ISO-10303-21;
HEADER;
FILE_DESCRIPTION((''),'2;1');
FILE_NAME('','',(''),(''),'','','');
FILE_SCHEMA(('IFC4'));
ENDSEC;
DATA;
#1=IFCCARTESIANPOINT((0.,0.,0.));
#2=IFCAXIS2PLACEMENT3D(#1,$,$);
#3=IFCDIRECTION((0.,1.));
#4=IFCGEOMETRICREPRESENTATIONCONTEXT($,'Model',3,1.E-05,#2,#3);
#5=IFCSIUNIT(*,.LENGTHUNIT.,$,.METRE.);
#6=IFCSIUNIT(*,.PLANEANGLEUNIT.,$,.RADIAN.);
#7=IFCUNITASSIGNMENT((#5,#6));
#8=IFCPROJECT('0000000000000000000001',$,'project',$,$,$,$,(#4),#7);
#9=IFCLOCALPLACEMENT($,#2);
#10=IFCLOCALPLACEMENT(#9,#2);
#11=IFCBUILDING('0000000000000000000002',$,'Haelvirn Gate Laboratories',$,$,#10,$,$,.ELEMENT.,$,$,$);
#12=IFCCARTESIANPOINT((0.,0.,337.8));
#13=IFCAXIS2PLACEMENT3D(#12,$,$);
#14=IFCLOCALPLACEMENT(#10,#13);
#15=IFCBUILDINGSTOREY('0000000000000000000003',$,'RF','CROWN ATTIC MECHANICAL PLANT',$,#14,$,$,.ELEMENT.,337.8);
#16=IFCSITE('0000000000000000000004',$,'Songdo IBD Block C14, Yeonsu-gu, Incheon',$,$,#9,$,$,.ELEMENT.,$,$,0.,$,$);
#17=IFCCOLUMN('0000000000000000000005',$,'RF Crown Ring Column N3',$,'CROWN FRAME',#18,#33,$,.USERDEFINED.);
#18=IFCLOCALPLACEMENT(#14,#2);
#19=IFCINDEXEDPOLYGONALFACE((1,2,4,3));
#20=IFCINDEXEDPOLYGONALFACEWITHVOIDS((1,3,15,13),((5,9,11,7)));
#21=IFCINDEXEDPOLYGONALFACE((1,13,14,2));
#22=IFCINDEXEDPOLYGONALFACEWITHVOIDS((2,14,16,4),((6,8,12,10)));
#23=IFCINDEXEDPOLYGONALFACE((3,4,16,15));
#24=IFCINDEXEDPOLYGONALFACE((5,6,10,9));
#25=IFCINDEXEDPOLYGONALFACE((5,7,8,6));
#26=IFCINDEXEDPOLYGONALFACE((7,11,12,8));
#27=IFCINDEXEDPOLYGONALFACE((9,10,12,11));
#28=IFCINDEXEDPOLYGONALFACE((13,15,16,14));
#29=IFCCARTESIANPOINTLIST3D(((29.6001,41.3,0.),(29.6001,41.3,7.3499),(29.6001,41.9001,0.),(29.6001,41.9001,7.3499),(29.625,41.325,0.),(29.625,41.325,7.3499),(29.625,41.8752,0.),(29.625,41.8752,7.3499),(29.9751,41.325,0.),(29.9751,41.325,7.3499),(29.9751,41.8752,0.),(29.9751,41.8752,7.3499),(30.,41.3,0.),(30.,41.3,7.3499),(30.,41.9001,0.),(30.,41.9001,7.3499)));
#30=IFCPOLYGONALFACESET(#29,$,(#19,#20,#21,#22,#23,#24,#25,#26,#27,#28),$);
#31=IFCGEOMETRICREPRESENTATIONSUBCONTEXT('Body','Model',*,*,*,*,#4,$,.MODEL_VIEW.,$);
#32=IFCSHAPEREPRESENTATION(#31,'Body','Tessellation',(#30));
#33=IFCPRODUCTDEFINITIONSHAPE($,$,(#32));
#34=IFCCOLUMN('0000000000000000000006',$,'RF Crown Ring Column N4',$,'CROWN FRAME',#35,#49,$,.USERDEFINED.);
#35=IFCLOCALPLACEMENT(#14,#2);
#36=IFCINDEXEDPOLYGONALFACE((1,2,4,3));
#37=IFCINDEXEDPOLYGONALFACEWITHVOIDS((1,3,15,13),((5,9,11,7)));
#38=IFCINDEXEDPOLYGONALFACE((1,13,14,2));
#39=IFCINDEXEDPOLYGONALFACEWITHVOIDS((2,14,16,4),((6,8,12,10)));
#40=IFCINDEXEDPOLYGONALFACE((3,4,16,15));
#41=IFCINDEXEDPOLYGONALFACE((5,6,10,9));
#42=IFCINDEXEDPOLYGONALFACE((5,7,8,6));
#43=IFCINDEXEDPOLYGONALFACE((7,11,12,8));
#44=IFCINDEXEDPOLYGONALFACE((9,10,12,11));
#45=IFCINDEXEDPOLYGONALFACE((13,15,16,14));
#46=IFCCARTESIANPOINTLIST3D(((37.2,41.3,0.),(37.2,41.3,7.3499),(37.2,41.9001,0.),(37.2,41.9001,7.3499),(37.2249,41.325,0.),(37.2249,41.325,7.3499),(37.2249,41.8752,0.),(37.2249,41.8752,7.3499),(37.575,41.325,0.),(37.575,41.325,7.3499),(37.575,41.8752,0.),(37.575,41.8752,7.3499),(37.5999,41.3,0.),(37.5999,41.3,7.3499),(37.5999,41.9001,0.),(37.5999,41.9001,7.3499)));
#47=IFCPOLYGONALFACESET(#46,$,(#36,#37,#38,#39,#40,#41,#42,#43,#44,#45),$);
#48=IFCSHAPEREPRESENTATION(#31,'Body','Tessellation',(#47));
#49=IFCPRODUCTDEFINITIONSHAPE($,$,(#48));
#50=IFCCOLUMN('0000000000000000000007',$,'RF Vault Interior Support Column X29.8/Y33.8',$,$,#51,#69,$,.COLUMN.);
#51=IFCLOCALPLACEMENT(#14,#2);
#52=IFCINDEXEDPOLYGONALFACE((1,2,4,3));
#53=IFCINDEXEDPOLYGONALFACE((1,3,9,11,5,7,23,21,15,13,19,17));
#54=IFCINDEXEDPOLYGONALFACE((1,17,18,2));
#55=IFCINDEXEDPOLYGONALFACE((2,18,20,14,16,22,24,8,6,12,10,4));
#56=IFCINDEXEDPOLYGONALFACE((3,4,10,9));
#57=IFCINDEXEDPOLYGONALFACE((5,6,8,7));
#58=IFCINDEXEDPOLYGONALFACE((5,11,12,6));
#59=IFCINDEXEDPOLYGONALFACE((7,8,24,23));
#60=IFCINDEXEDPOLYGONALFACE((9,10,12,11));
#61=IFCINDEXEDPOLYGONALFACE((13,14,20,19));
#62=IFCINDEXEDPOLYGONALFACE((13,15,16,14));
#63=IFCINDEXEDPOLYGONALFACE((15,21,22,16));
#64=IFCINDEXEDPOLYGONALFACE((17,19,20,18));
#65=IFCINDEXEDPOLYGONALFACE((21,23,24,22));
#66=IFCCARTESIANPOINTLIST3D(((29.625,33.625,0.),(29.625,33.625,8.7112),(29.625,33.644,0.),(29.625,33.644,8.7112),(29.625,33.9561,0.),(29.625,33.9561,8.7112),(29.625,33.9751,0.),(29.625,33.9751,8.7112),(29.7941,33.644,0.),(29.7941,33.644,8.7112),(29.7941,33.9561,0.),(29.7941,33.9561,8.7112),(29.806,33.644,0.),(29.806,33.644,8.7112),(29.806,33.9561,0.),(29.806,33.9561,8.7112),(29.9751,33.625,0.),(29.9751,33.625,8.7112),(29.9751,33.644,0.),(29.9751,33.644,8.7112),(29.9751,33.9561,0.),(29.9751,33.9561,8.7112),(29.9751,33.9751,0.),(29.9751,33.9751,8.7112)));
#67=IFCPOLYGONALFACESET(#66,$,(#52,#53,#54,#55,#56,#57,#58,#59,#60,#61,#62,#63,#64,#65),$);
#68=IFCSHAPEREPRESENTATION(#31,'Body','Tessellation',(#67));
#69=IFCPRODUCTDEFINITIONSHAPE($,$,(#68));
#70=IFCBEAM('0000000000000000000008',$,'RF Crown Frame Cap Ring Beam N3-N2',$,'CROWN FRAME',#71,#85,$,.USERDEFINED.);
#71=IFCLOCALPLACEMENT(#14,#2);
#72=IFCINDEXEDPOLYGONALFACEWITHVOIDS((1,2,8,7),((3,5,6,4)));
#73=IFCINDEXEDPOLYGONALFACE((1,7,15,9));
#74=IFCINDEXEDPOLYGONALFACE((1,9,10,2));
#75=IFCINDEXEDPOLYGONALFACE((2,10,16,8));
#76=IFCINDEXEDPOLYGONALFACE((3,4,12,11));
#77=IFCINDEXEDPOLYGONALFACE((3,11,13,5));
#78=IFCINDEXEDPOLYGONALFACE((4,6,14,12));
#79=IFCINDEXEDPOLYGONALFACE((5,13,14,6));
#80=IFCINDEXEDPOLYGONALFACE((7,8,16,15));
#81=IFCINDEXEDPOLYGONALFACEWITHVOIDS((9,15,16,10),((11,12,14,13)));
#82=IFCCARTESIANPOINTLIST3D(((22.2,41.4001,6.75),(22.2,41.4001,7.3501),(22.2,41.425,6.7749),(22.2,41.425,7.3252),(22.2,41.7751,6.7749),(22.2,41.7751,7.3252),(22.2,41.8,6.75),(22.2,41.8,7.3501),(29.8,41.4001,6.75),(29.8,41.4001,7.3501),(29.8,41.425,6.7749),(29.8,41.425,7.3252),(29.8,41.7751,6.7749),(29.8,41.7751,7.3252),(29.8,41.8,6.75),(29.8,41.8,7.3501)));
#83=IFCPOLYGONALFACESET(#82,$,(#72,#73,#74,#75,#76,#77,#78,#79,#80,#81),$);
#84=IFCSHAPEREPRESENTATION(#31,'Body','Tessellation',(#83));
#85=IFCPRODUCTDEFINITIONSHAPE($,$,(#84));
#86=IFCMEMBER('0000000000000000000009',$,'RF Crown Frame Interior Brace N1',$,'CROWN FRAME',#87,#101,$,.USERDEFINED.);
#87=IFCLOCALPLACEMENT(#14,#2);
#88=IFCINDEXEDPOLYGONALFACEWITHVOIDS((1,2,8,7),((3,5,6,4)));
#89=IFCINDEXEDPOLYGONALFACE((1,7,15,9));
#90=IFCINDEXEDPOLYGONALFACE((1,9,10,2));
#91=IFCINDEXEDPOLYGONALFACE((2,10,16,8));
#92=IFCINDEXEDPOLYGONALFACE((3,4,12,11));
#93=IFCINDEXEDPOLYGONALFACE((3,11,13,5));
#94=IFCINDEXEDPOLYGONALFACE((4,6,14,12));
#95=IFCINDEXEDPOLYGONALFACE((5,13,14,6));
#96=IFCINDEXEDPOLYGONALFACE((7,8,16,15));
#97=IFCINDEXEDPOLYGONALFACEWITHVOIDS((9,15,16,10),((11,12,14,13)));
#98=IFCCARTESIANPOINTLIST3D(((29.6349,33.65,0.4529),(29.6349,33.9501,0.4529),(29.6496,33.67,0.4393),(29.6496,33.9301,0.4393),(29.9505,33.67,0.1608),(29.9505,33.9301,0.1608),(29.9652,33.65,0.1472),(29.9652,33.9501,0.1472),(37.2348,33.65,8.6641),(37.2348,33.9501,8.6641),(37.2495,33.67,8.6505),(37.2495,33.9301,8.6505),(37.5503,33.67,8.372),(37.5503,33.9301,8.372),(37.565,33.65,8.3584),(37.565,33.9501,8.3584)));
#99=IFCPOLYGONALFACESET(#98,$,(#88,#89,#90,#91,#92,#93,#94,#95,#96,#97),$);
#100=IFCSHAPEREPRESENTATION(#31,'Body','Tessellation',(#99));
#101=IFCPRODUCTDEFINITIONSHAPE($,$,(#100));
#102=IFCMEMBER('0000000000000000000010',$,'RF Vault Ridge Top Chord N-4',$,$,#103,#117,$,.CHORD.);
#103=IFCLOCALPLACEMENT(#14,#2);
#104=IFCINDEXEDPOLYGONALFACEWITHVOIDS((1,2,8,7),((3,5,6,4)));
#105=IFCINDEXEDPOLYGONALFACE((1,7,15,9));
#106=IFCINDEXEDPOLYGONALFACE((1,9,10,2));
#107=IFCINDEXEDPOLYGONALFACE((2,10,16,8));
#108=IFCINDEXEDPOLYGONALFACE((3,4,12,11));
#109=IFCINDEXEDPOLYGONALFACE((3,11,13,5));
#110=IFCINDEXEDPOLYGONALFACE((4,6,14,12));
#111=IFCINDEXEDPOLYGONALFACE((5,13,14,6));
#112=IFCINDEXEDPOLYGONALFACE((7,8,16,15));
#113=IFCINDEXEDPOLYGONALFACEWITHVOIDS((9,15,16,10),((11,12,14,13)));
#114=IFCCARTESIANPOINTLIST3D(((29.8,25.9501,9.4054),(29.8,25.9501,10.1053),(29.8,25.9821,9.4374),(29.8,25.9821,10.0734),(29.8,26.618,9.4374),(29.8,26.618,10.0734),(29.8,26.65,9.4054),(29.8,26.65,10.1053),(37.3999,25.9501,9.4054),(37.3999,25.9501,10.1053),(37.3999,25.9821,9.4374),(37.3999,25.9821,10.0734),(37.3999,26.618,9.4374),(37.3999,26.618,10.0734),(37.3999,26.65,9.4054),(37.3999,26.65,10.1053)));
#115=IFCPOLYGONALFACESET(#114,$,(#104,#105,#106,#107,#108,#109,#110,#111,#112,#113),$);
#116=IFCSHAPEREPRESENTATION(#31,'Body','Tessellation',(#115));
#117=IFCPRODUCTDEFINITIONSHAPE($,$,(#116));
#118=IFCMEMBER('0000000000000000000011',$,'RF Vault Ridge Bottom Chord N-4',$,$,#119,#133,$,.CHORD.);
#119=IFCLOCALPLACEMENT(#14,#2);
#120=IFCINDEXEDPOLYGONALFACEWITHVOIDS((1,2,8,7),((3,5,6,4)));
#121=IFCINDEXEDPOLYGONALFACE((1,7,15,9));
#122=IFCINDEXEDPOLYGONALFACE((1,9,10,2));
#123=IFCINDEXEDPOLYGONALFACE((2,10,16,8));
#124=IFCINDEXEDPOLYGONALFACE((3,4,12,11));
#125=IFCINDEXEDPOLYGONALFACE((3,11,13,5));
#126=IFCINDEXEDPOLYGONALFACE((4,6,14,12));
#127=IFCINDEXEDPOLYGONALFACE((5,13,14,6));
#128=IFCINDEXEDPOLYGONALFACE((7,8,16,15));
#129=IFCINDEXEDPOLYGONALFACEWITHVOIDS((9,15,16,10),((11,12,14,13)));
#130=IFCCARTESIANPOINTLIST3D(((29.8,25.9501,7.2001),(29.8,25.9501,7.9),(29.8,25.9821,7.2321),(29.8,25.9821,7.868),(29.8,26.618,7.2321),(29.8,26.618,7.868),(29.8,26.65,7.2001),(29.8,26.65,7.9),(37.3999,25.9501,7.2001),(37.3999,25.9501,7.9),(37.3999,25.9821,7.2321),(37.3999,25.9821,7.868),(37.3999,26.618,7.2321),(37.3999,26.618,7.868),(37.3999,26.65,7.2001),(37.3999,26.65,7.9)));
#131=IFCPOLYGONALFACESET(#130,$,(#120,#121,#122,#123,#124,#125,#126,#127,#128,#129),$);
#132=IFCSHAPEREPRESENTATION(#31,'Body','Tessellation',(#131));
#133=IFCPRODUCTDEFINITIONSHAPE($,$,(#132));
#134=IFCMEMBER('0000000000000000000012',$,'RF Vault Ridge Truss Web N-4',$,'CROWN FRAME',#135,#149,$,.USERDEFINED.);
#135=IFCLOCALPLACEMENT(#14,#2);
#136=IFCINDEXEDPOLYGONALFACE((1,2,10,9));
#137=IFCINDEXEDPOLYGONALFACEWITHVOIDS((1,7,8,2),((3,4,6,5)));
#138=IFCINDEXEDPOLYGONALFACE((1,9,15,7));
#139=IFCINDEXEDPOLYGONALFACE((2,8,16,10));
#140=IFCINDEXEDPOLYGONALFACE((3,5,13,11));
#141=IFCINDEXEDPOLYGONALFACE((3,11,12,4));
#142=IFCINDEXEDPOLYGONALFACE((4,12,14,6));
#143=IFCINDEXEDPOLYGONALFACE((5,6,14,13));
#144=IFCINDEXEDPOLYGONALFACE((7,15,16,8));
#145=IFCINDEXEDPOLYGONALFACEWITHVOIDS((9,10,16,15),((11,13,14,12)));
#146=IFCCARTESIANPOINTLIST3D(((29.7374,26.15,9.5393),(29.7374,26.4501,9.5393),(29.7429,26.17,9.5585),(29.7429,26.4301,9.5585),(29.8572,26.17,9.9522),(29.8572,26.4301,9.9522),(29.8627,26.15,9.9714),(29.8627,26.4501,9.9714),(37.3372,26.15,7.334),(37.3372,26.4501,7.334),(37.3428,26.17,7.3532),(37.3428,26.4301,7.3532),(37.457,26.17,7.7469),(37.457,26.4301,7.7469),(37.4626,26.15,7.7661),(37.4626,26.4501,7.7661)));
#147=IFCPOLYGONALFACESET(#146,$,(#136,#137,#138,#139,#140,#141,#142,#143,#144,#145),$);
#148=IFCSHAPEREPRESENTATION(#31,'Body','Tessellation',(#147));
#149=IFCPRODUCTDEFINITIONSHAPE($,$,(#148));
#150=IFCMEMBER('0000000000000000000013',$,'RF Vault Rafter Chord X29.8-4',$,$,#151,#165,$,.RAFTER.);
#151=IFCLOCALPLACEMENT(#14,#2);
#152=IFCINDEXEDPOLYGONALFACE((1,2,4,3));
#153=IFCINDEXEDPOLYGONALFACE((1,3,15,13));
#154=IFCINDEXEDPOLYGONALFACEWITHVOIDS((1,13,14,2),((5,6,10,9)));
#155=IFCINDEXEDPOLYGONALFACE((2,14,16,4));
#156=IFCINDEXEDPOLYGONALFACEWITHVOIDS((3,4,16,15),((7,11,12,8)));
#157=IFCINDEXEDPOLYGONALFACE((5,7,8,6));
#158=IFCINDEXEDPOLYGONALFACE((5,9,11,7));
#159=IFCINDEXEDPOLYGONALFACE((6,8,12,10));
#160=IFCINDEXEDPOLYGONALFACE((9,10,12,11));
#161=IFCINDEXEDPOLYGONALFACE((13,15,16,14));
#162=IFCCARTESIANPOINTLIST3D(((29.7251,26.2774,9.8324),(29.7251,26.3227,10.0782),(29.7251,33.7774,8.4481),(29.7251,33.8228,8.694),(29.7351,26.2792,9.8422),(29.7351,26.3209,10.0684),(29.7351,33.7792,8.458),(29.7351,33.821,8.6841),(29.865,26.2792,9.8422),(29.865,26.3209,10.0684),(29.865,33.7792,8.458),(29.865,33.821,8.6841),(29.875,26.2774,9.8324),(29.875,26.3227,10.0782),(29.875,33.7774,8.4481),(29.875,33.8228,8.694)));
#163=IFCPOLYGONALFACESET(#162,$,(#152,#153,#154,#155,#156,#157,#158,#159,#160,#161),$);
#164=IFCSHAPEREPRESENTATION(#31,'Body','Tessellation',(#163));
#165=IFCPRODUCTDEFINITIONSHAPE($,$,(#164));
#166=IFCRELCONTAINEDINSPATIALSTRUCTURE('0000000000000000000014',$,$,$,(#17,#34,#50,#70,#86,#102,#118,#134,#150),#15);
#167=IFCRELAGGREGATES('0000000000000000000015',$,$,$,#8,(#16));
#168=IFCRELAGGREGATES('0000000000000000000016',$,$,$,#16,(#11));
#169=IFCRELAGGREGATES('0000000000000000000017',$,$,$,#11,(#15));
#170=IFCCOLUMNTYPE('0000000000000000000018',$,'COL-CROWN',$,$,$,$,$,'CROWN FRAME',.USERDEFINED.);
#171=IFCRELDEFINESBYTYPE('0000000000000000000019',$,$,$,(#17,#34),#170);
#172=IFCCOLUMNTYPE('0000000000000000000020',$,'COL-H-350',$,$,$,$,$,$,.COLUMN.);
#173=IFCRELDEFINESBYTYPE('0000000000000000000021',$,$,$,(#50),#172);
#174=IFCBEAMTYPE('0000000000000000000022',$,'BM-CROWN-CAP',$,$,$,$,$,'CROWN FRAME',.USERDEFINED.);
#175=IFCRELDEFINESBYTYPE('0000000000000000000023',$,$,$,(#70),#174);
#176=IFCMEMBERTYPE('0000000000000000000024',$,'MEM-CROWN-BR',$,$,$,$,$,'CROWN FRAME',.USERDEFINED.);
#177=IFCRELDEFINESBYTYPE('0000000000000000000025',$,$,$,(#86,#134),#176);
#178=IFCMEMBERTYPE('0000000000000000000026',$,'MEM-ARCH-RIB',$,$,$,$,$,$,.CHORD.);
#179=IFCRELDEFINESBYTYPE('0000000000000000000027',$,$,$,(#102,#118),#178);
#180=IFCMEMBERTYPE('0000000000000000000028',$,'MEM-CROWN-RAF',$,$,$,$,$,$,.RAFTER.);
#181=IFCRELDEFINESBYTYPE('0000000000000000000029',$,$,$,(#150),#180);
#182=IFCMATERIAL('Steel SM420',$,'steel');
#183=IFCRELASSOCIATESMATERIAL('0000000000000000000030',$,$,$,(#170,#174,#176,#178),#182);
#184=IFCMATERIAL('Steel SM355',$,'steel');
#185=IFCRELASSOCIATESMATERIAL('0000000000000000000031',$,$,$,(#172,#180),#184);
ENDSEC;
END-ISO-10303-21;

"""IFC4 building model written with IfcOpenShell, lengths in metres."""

from ifc_helpers import new_model, si_unit, direction, frame, origin, origin_2d, place, context, subcontext, project, spatial, hollow_rectangle, i_section, extrude, source, transform, mapped, material, material_profile, profile_set, type_object, type_shapes, element, save


model = new_model("IFC4")

# Units and contexts
model_context = context("Model", 3, precision=1e-05, world=origin(), true_north=direction((0.0, 1.0)))
body_context = subcontext(model_context, "Body", "Model", "MODEL_VIEW")
ifc_project = project(units=[si_unit("LENGTHUNIT", "METRE"), si_unit("PLANEANGLEUNIT", "RADIAN")], contexts=[model_context])

# Site, building, storey
site_placement = place(None, origin())
site = spatial("IfcSite", under=ifc_project, at=site_placement, Name="Songdo IBD Block C14, Yeonsu-gu, Incheon", CompositionType="ELEMENT", RefElevation=0.0)
building_placement = place(site_placement, origin())
building = spatial("IfcBuilding", under=site, at=building_placement, Name="Haelvirn Gate Laboratories", CompositionType="ELEMENT")
storey_placement = place(building_placement, frame((0.0, 0.0, 337.8)))
storey = spatial("IfcBuildingStorey", under=building, at=storey_placement, Name="RF", Description="CROWN ATTIC MECHANICAL PLANT", CompositionType="ELEMENT", Elevation=337.8)

# Columns
ifc_material_1 = material(Name="Steel SM420", Category="steel")
ifc_material_profile_1 = material_profile(ifc_material_1, hollow_rectangle(XDim=0.3999, YDim=0.6001, WallThickness=0.0249, at=origin_2d()), Name="BOX-600x400x25")
ifc_profile_set_1 = profile_set([ifc_material_profile_1], Name="Steel SM420")
column_type_1 = type_object("IfcColumnType", Name="COL-CROWN", ElementType="CROWN FRAME", PredefinedType="USERDEFINED", material=ifc_profile_set_1)
shared_shape_1 = source(origin(), body_context, "Body", "SweptSolid", [
    extrude(hollow_rectangle(XDim=0.3999, YDim=0.6001, WallThickness=0.0249, at=origin_2d()), origin(), (0.0, 0.0, 1.0), 7.3499),
])
type_shapes(column_type_1, [shared_shape_1])
for number, where, z_axis, x_axis, name in (
    (1, (29.8, 41.6001, 0.0), (0.0, 0.0, 1.0), (1.0, 0.0, 0.0), "RF Crown Ring Column N3"),
    (2, (37.3999, 41.6001, 0.0), (0.0, 0.0, 1.0), (1.0, 0.0, 0.0), "RF Crown Ring Column N4"),
):
    element("IfcColumn", number, at=place(storey_placement, frame(where, z_axis=z_axis, x_axis=x_axis)), inside=storey, type_object=column_type_1, Name=name, ObjectType="CROWN FRAME", PredefinedType="USERDEFINED", context=body_context, shape_type="MappedRepresentation", body=[
        mapped(shared_shape_1, transform((0.0, 0.0, 0.0), scale=1.0)),
    ])
ifc_material_2 = material(Name="Steel SM355", Category="steel")
ifc_material_profile_2 = material_profile(ifc_material_2, i_section(OverallWidth=0.3501, OverallDepth=0.3501, WebThickness=0.012, FlangeThickness=0.019, at=origin_2d()), Name="H-350x350x12x19")
ifc_profile_set_2 = profile_set([ifc_material_profile_2], Name="Steel SM355")
column_type_2 = type_object("IfcColumnType", Name="COL-H-350", PredefinedType="COLUMN", material=ifc_profile_set_2)
shared_shape_2 = source(origin(), body_context, "Body", "SweptSolid", [
    extrude(i_section(OverallWidth=0.3501, OverallDepth=0.3501, WebThickness=0.012, FlangeThickness=0.019, at=origin_2d()), origin(), (0.0, 0.0, 1.0), 8.7112),
])
type_shapes(column_type_2, [shared_shape_2])
column_placement = place(storey_placement, frame((29.8, 33.8, 0.0), z_axis=(0.0, 0.0, 1.0), x_axis=(1.0, 0.0, 0.0)))
element("IfcColumn", 3, at=column_placement, inside=storey, type_object=column_type_2, Name="RF Vault Interior Support Column X29.8/Y33.8", PredefinedType="COLUMN", context=body_context, shape_type="MappedRepresentation", body=[
    mapped(shared_shape_2, transform((0.0, 0.0, 0.0), scale=1.0)),
])

# Beam
ifc_material_profile_3 = material_profile(ifc_material_1, hollow_rectangle(XDim=0.3999, YDim=0.6001, WallThickness=0.0249, at=origin_2d()), Name="BOX-600x400x25")
ifc_profile_set_3 = profile_set([ifc_material_profile_3], Name="Steel SM420")
beam_type = type_object("IfcBeamType", Name="BM-CROWN-CAP", ElementType="CROWN FRAME", PredefinedType="USERDEFINED", material=ifc_profile_set_3)
shared_shape_3 = source(origin(), body_context, "Body", "SweptSolid", [
    extrude(hollow_rectangle(XDim=0.3999, YDim=0.6001, WallThickness=0.0249, at=origin_2d()), origin(), (0.0, 0.0, 1.0), 7.6001),
])
type_shapes(beam_type, [shared_shape_3])
beam_placement = place(storey_placement, frame((29.8, 41.6001, 7.05), z_axis=(-1.0, 0.0, 0.0), x_axis=(0.0, -1.0, 0.0)))
element("IfcBeam", 4, at=beam_placement, inside=storey, type_object=beam_type, Name="RF Crown Frame Cap Ring Beam N3-N2", ObjectType="CROWN FRAME", PredefinedType="USERDEFINED", context=body_context, shape_type="MappedRepresentation", body=[
    mapped(shared_shape_3, transform((0.0, 0.0, 0.0), scale=1.0)),
])

# Members
ifc_material_profile_4 = material_profile(ifc_material_1, hollow_rectangle(XDim=0.3, YDim=0.45, WallThickness=0.02, at=origin_2d()), Name="BOX-450x300x20")
ifc_profile_set_4 = profile_set([ifc_material_profile_4], Name="Steel SM420")
member_type_1 = type_object("IfcMemberType", Name="MEM-CROWN-BR", ElementType="CROWN FRAME", PredefinedType="USERDEFINED", material=ifc_profile_set_4)
shared_shape_4 = source(origin(), body_context, "Body", "SweptSolid", [
    extrude(hollow_rectangle(XDim=0.3, YDim=0.45, WallThickness=0.02, at=origin_2d()), origin(), (0.0, 0.0, 1.0), 11.1885),
])
member_1_placement = place(storey_placement, frame((29.8, 33.8, 0.3), z_axis=(0.679259, 0.0, 0.733898), x_axis=(0.0, 1.0, 0.0)))
element("IfcMember", 5, at=member_1_placement, inside=storey, type_object=member_type_1, Name="RF Crown Frame Interior Brace N1", ObjectType="CROWN FRAME", PredefinedType="USERDEFINED", context=body_context, shape_type="MappedRepresentation", body=[
    mapped(shared_shape_4, transform((0.0, 0.0, 0.0), scale=1.0)),
])
ifc_material_profile_5 = material_profile(ifc_material_1, hollow_rectangle(XDim=0.7, YDim=0.7, WallThickness=0.032, at=origin_2d()), Name="BOX-700x700x32")
ifc_profile_set_5 = profile_set([ifc_material_profile_5], Name="Steel SM420")
member_type_2 = type_object("IfcMemberType", Name="MEM-ARCH-RIB", PredefinedType="CHORD", material=ifc_profile_set_5)
shared_shape_5 = source(origin(), body_context, "Body", "SweptSolid", [
    extrude(hollow_rectangle(XDim=0.7, YDim=0.7, WallThickness=0.032, at=origin_2d()), origin(), (0.0, 0.0, 1.0), 7.5999),
])
type_shapes(member_type_2, [shared_shape_5])
for number, where, z_axis, x_axis, name in (
    (6, (29.8, 26.3, 9.7554), (1.0, 0.0, 0.0), (0.0, 1.0, 0.0), "RF Vault Ridge Top Chord N-4"),
    (7, (29.8, 26.3, 7.55), (1.0, 0.0, 0.0), (0.0, 1.0, 0.0), "RF Vault Ridge Bottom Chord N-4"),
):
    element("IfcMember", number, at=place(storey_placement, frame(where, z_axis=z_axis, x_axis=x_axis)), inside=storey, type_object=member_type_2, Name=name, PredefinedType="CHORD", context=body_context, shape_type="MappedRepresentation", body=[
        mapped(shared_shape_5, transform((0.0, 0.0, 0.0), scale=1.0)),
    ])
shared_shape_6 = source(origin(), body_context, "Body", "SweptSolid", [
    extrude(hollow_rectangle(XDim=0.3, YDim=0.45, WallThickness=0.02, at=origin_2d()), origin(), (0.0, 0.0, 1.0), 7.9133),
])
type_shapes(member_type_1, [shared_shape_4, shared_shape_6])
member_2_placement = place(storey_placement, frame((29.8, 26.3, 9.7554), z_axis=(0.960383, 0.0, -0.278684), x_axis=(0.0, 1.0, 0.0)))
element("IfcMember", 8, at=member_2_placement, inside=storey, type_object=member_type_1, Name="RF Vault Ridge Truss Web N-4", ObjectType="CROWN FRAME", PredefinedType="USERDEFINED", context=body_context, shape_type="MappedRepresentation", body=[
    mapped(shared_shape_6, transform((0.0, 0.0, 0.0), scale=1.0)),
])
ifc_material_profile_6 = material_profile(ifc_material_2, hollow_rectangle(XDim=0.1499, YDim=0.25, WallThickness=0.01, at=origin_2d()), Name="RHS-250x150x10")
ifc_profile_set_6 = profile_set([ifc_material_profile_6], Name="Steel SM355")
member_type_3 = type_object("IfcMemberType", Name="MEM-CROWN-RAF", PredefinedType="RAFTER", material=ifc_profile_set_6)
shared_shape_7 = source(origin(), body_context, "Body", "SweptSolid", [
    extrude(hollow_rectangle(XDim=0.1499, YDim=0.25, WallThickness=0.01, at=origin_2d()), origin(), (0.0, 0.0, 1.0), 7.6267),
])
member_3_placement = place(storey_placement, frame((29.8, 26.3, 9.9553), z_axis=(0.0, 0.98339, -0.181505), x_axis=(-1.0, 0.0, 0.0)))
element("IfcMember", 9, at=member_3_placement, inside=storey, type_object=member_type_3, Name="RF Vault Rafter Chord X29.8-4", PredefinedType="RAFTER", context=body_context, shape_type="MappedRepresentation", body=[
    mapped(shared_shape_7, transform((0.0, 0.0, 0.0), scale=1.0)),
])

save(model, "model.ifc")
